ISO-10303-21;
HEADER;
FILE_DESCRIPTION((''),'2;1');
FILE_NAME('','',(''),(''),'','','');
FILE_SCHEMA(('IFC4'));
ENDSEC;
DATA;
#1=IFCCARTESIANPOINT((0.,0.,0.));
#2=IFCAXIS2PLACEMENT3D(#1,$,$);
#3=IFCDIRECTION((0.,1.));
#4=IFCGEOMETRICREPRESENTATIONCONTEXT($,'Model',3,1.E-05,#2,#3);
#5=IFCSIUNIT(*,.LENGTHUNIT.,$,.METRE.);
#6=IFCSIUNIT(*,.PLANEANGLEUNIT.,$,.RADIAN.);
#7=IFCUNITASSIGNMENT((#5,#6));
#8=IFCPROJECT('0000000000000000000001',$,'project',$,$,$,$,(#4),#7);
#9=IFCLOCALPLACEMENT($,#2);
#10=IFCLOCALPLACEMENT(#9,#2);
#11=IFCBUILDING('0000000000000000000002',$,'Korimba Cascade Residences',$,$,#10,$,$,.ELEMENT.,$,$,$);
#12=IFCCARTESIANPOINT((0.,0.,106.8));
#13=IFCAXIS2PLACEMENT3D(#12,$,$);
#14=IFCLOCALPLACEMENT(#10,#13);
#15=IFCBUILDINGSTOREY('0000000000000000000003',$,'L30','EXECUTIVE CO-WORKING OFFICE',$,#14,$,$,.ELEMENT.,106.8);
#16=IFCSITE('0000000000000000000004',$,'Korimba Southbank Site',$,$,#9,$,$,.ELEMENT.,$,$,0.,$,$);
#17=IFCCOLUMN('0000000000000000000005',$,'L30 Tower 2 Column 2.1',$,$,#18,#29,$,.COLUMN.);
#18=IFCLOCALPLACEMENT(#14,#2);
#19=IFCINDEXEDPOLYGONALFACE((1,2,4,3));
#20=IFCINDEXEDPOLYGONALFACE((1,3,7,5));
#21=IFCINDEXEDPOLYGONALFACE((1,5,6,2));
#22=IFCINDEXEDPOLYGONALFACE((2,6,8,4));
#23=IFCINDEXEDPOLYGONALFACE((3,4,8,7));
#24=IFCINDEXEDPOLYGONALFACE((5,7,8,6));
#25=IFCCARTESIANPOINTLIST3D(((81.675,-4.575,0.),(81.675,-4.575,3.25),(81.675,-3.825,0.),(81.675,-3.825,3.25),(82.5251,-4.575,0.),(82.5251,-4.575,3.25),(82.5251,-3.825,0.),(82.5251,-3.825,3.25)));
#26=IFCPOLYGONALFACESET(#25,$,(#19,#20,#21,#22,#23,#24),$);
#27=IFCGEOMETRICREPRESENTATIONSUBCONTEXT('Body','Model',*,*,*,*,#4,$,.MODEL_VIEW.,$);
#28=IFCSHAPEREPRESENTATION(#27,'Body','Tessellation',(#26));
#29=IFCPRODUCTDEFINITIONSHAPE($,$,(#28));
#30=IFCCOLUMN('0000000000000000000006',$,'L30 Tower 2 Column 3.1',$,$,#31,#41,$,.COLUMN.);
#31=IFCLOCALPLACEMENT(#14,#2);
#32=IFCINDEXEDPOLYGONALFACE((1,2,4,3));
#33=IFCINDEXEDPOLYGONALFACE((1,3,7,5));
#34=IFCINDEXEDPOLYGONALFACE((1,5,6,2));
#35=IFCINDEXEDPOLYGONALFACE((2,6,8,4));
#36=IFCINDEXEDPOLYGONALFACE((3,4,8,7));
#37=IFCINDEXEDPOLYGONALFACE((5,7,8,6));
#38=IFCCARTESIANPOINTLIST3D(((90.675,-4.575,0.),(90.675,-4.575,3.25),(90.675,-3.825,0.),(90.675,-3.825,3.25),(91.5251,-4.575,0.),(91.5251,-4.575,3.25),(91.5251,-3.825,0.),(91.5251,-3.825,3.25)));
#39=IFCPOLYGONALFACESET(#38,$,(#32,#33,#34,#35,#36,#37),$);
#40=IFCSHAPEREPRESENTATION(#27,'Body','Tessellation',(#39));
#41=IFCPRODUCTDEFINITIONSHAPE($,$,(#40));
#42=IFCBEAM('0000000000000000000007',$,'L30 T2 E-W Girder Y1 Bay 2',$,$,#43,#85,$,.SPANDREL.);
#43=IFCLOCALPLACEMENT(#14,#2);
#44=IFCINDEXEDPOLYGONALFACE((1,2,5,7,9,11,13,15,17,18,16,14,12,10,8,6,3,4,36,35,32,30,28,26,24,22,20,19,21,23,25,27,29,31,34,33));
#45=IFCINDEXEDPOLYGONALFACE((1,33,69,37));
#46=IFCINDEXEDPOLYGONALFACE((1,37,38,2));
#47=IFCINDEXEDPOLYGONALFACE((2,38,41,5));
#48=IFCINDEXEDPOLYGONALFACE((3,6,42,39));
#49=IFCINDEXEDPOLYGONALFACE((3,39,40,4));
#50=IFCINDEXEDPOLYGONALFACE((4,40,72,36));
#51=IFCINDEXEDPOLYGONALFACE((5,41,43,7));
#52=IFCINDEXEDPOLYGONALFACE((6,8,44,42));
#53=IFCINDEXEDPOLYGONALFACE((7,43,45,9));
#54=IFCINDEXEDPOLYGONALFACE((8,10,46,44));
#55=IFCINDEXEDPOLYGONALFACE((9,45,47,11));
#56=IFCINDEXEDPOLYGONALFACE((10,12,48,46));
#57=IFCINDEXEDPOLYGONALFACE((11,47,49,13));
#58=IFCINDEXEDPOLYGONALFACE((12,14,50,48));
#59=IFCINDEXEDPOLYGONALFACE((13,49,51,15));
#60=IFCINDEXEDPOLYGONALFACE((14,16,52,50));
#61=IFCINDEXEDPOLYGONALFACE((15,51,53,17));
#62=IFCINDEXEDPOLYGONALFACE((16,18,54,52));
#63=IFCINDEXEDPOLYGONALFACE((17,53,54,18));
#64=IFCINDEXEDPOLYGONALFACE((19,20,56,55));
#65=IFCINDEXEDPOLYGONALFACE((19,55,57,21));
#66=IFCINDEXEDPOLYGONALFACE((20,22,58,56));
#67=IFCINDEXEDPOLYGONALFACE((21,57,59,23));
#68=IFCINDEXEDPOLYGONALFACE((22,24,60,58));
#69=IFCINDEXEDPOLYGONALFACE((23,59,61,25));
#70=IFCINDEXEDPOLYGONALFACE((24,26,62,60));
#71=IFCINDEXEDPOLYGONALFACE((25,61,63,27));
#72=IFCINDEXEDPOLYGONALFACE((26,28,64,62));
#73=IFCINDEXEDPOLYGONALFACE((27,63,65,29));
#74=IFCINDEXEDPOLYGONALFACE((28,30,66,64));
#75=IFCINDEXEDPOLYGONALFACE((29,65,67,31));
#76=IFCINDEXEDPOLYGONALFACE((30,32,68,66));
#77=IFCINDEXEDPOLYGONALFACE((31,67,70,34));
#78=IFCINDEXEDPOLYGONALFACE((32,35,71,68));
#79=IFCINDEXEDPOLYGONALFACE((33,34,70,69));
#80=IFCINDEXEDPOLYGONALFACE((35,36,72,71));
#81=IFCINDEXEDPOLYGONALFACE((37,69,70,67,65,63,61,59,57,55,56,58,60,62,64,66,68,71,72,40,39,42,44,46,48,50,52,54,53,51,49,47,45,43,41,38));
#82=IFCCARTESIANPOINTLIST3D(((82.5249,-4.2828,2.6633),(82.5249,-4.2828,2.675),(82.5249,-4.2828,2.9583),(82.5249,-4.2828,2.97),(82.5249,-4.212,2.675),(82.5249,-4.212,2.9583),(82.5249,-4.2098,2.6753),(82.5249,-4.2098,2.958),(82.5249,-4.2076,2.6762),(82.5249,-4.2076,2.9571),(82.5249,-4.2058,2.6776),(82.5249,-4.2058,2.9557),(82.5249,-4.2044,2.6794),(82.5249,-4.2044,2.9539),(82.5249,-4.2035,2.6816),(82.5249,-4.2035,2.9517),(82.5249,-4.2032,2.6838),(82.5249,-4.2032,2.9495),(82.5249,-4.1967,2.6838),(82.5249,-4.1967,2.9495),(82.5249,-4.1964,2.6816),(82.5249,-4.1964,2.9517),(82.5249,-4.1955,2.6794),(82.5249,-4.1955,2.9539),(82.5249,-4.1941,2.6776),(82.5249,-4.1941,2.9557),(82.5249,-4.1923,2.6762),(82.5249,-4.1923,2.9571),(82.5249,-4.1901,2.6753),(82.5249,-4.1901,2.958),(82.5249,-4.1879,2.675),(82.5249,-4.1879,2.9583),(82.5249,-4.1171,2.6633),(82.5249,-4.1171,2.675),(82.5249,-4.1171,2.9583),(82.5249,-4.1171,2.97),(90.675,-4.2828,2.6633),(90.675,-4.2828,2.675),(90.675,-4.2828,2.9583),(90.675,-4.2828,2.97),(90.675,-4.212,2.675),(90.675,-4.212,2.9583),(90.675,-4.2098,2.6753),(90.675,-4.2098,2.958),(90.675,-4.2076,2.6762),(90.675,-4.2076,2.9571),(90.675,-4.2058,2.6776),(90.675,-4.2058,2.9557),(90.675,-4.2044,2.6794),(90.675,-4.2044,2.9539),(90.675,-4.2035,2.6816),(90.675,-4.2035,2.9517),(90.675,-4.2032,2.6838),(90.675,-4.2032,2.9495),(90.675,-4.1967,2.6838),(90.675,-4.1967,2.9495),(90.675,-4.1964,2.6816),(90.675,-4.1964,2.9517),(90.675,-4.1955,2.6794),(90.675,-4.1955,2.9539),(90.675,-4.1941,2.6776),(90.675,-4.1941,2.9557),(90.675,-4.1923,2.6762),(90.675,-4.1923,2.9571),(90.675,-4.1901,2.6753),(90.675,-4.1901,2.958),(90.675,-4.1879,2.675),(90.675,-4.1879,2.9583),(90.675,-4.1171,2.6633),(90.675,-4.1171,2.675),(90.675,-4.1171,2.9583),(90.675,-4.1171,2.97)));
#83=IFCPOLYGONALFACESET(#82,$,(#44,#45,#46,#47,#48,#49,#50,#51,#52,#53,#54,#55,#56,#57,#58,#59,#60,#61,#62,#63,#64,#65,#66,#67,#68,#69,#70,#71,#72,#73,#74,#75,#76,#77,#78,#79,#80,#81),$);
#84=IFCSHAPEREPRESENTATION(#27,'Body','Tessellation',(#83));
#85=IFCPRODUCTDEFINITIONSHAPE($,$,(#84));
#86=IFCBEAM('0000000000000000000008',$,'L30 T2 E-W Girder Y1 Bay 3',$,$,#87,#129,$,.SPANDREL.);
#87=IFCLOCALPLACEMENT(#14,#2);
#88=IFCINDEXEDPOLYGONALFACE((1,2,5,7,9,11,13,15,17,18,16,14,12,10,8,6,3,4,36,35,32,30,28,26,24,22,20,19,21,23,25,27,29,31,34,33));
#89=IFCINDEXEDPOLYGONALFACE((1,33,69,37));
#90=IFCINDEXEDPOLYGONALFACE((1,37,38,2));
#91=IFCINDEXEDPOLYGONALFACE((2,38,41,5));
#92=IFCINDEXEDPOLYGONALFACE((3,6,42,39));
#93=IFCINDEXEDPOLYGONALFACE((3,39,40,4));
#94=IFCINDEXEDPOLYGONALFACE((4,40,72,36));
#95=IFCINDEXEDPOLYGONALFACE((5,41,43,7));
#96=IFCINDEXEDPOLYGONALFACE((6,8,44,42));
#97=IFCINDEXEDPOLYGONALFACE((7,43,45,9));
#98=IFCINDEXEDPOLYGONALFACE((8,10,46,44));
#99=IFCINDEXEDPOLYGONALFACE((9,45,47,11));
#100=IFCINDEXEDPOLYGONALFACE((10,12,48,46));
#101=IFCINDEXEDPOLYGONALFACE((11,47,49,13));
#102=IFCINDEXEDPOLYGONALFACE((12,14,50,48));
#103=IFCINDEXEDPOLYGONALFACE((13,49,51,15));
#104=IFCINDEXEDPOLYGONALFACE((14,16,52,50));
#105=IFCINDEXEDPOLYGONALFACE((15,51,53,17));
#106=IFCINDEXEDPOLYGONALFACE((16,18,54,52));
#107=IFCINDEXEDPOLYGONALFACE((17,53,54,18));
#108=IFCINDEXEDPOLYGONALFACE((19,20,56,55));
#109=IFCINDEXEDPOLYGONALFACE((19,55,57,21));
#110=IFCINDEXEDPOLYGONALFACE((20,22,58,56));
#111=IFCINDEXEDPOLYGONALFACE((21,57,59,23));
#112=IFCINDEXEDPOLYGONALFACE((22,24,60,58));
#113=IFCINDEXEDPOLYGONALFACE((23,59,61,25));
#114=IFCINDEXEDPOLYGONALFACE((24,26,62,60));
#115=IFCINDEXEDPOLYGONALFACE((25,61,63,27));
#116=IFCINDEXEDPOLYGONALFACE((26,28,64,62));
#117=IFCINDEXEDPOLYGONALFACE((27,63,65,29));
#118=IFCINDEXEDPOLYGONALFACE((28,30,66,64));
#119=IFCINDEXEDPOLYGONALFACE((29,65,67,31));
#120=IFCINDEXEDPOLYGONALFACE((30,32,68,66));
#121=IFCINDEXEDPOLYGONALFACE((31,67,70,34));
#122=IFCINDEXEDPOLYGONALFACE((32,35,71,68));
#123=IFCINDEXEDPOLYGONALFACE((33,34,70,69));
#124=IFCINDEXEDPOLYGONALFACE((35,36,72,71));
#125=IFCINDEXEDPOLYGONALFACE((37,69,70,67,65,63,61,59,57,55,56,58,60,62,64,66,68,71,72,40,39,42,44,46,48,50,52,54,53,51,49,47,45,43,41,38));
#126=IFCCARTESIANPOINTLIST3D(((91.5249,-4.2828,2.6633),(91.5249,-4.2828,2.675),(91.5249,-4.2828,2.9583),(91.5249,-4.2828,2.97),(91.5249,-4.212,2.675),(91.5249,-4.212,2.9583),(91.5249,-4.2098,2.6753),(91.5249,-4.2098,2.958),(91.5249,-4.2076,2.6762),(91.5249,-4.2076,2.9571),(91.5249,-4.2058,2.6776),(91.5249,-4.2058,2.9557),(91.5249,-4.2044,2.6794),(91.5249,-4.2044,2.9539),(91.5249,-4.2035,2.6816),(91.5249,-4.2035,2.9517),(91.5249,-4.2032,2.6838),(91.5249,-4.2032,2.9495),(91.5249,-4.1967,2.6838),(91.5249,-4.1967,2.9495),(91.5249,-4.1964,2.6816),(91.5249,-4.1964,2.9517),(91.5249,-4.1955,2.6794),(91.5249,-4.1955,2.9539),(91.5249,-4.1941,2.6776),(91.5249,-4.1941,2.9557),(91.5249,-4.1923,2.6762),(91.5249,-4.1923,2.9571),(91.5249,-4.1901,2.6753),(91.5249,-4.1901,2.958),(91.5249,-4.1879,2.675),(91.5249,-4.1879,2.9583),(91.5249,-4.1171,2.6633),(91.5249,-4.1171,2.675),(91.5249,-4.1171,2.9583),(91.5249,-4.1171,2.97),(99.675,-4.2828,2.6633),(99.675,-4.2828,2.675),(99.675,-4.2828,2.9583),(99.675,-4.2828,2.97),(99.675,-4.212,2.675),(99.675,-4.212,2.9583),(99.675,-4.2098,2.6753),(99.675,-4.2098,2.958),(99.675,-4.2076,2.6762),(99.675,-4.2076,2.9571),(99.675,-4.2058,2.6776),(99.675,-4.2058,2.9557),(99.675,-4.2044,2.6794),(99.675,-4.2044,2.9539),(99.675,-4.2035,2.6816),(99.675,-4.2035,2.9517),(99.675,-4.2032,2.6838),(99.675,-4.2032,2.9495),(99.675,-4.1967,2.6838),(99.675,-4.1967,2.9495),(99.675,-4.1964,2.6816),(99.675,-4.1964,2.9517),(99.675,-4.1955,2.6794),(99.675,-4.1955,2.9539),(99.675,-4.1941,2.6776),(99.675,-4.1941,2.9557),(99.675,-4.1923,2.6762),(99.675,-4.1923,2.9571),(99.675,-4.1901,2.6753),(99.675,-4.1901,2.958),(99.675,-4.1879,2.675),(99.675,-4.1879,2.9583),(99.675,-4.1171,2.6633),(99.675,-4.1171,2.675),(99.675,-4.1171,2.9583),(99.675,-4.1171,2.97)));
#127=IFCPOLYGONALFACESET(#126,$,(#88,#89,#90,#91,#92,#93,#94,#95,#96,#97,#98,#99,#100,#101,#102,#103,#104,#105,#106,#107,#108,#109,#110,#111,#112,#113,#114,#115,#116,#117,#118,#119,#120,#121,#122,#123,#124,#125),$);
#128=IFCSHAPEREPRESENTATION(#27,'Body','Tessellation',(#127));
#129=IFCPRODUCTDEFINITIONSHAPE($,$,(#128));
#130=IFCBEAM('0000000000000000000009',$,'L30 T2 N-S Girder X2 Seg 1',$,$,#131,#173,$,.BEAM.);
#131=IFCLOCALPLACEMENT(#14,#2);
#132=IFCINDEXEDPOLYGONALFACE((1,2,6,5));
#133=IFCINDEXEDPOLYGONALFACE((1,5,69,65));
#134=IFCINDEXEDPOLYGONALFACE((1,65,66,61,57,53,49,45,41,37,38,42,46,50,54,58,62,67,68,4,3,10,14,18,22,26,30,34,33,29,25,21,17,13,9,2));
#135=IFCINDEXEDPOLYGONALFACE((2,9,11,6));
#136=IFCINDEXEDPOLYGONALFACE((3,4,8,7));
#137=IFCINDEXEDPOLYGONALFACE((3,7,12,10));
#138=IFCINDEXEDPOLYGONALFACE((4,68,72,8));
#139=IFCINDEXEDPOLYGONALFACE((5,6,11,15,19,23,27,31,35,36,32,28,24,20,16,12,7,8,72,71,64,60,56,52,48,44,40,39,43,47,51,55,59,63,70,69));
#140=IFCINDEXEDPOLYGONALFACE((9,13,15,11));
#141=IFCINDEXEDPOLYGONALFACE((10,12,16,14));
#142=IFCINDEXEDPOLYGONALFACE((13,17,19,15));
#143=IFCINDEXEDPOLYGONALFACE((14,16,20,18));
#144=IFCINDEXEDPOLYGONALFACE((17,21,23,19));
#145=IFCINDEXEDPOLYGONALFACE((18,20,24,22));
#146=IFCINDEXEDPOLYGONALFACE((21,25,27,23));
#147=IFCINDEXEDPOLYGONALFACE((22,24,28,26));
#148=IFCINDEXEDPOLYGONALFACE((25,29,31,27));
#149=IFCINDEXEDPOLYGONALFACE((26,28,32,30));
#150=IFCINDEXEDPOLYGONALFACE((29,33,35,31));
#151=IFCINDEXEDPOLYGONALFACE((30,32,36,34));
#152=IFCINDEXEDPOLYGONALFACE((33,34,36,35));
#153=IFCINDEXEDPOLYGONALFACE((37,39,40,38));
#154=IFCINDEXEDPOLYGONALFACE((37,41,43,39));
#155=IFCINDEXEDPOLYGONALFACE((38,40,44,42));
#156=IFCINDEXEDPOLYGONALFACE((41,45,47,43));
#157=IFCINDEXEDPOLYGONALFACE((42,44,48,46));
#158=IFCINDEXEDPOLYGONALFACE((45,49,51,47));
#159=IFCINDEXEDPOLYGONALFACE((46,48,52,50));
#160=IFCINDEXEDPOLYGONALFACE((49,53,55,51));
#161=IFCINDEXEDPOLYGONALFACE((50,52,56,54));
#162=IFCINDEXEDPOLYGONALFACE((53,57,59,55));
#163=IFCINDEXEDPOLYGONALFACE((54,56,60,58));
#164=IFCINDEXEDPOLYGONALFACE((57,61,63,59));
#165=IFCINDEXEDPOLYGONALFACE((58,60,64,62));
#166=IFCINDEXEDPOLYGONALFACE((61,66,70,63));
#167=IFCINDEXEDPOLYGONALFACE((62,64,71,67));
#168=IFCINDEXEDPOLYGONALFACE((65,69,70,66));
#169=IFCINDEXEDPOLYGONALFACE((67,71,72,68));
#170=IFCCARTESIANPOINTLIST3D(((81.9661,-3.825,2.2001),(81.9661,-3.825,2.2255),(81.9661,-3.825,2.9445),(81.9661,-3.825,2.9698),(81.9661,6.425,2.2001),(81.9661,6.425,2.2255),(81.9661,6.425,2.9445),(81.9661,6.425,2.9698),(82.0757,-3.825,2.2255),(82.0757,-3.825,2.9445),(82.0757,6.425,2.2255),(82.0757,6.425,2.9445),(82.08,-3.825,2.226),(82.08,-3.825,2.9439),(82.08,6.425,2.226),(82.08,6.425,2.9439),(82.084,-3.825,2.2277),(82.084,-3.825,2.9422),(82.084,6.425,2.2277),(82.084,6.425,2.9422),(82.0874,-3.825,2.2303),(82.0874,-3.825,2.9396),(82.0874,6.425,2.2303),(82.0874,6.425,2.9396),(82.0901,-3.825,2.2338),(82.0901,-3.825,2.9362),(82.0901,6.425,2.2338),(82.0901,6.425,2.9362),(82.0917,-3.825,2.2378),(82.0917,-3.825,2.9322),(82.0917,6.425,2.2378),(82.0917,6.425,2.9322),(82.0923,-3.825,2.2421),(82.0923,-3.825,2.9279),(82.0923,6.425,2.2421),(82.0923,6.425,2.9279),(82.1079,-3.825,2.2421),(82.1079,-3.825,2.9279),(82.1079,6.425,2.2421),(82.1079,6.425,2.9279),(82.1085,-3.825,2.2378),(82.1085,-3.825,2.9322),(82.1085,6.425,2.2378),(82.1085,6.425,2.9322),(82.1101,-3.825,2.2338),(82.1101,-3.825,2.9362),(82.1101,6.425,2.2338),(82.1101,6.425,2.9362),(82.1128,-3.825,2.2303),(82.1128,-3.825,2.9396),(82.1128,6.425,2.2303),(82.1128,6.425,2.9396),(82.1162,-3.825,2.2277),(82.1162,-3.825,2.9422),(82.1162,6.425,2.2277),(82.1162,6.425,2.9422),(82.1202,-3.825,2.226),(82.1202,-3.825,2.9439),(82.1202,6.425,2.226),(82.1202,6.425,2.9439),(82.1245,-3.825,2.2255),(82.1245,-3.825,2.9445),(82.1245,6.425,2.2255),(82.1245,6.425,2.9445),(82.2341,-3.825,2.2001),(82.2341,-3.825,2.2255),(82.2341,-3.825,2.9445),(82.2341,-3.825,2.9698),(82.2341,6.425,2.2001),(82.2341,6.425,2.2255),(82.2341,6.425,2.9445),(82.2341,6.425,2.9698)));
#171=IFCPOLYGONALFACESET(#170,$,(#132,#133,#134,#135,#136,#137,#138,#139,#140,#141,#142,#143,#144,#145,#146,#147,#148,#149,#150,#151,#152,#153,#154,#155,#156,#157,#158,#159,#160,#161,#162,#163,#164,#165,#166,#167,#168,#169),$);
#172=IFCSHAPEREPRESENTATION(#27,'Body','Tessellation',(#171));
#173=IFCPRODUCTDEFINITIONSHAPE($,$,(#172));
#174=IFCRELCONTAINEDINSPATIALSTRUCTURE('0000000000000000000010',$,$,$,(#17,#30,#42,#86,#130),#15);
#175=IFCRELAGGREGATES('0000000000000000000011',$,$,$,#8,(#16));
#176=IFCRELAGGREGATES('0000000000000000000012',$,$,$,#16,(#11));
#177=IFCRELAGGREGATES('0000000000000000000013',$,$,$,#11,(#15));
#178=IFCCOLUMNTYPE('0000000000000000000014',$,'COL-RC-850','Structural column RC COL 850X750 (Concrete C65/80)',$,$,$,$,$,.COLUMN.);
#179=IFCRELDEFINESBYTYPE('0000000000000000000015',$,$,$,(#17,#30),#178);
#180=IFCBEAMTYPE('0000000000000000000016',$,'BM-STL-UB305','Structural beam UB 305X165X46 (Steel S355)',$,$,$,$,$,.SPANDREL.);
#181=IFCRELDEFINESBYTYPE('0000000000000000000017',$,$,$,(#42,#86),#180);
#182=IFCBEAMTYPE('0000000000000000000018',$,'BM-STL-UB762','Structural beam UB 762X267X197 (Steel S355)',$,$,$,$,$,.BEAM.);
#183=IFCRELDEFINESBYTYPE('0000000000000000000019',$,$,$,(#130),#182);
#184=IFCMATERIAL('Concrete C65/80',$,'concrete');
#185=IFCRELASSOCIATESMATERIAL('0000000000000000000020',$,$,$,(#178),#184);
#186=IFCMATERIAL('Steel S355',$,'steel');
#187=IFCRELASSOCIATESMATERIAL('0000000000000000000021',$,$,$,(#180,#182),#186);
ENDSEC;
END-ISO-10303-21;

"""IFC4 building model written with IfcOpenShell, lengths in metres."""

from ifc_helpers import new_model, si_unit, direction, frame, origin, origin_2d, place, context, subcontext, project, spatial, rectangle, i_section, extrude, material, material_profile, profile_set, type_object, element, save


model = new_model("IFC4")

# Units and contexts
model_context = context("Model", 3, precision=1e-05, world=origin(), true_north=direction((0.0, 1.0)))
body_context = subcontext(model_context, "Body", "Model", "MODEL_VIEW")
ifc_project = project(units=[si_unit("LENGTHUNIT", "METRE"), si_unit("PLANEANGLEUNIT", "RADIAN")], contexts=[model_context])

# Site, building, storey
site_placement = place(None, origin())
site = spatial("IfcSite", under=ifc_project, at=site_placement, Name="Korimba Southbank Site", CompositionType="ELEMENT", RefElevation=0.0)
building_placement = place(site_placement, origin())
building = spatial("IfcBuilding", under=site, at=building_placement, Name="Korimba Cascade Residences", CompositionType="ELEMENT")
storey_placement = place(building_placement, frame((0.0, 0.0, 106.8)))
storey = spatial("IfcBuildingStorey", under=building, at=storey_placement, Name="L30", Description="EXECUTIVE CO-WORKING OFFICE", CompositionType="ELEMENT", Elevation=106.8)

# Columns
ifc_material_1 = material(Name="Concrete C65/80", Category="concrete")
ifc_material_profile_1 = material_profile(ifc_material_1, rectangle(XDim=0.8501, YDim=0.75, at=origin_2d()), Name="Concrete C65/80")
ifc_profile_set_1 = profile_set([ifc_material_profile_1], Name="Concrete C65/80")
column_type = type_object("IfcColumnType", Name="COL-RC-850", Description="Structural column RC COL 850X750 (Concrete C65/80)", PredefinedType="COLUMN", material=ifc_profile_set_1)
for number, where, z_axis, x_axis, name in (
    (1, (82.1001, -4.2, 0.0), (0.0, 0.0, 1.0), (1.0, 0.0, 0.0), "L30 Tower 2 Column 2.1"),
    (2, (91.1001, -4.2, 0.0), (0.0, 0.0, 1.0), (1.0, 0.0, 0.0), "L30 Tower 2 Column 3.1"),
):
    element("IfcColumn", number, at=place(storey_placement, frame(where, z_axis=z_axis, x_axis=x_axis)), inside=storey, type_object=column_type, Name=name, PredefinedType="COLUMN", context=body_context, shape_type="SweptSolid", body=[
        extrude(rectangle(XDim=0.8501, YDim=0.75, at=origin_2d()), origin(), (0.0, 0.0, 1.0), 3.25),
    ])

# Beams
ifc_material_2 = material(Name="Steel S355", Category="steel")
ifc_material_profile_2 = material_profile(ifc_material_2, i_section(OverallWidth=0.1658, OverallDepth=0.3066, WebThickness=0.0066, FlangeThickness=0.0117, FilletRadius=0.0088, at=origin_2d()), Name="Steel S355")
ifc_profile_set_2 = profile_set([ifc_material_profile_2], Name="Steel S355")
beam_type_1 = type_object("IfcBeamType", Name="BM-STL-UB305", Description="Structural beam UB 305X165X46 (Steel S355)", PredefinedType="SPANDREL", material=ifc_profile_set_2)
for number, where, z_axis, x_axis, name in (
    (3, (82.5249, -4.2, 2.8167), (1.0, 0.0, 0.0), (0.0, 1.0, 0.0), "L30 T2 E-W Girder Y1 Bay 2"),
    (4, (91.5249, -4.2, 2.8167), (1.0, 0.0, 0.0), (0.0, 1.0, 0.0), "L30 T2 E-W Girder Y1 Bay 3"),
):
    element("IfcBeam", number, at=place(storey_placement, frame(where, z_axis=z_axis, x_axis=x_axis)), inside=storey, type_object=beam_type_1, Name=name, PredefinedType="SPANDREL", context=body_context, shape_type="SweptSolid", body=[
        extrude(i_section(OverallWidth=0.1658, OverallDepth=0.3066, WebThickness=0.0066, FlangeThickness=0.0117, FilletRadius=0.0088, at=origin_2d()), origin(), (0.0, 0.0, 1.0), 8.1501),
    ])
ifc_material_profile_3 = material_profile(ifc_material_2, i_section(OverallWidth=0.2681, OverallDepth=0.7698, WebThickness=0.0156, FlangeThickness=0.0254, FilletRadius=0.0166, at=origin_2d()), Name="Steel S355")
ifc_profile_set_3 = profile_set([ifc_material_profile_3], Name="Steel S355")
beam_type_2 = type_object("IfcBeamType", Name="BM-STL-UB762", Description="Structural beam UB 762X267X197 (Steel S355)", PredefinedType="BEAM", material=ifc_profile_set_3)
for number, where, z_axis, x_axis, name in (
    (5, (82.1001, -3.825, 2.585), (0.0, 1.0, 0.0), (-1.0, 0.0, 0.0), "L30 T2 N-S Girder X2 Seg 1"),
):
    element("IfcBeam", number, at=place(storey_placement, frame(where, z_axis=z_axis, x_axis=x_axis)), inside=storey, type_object=beam_type_2, Name=name, PredefinedType="BEAM", context=body_context, shape_type="SweptSolid", body=[
        extrude(i_section(OverallWidth=0.2681, OverallDepth=0.7698, WebThickness=0.0156, FlangeThickness=0.0254, FilletRadius=0.0166, at=origin_2d()), origin(), (0.0, 0.0, 1.0), 10.25),
    ])

save(model, "model.ifc")
